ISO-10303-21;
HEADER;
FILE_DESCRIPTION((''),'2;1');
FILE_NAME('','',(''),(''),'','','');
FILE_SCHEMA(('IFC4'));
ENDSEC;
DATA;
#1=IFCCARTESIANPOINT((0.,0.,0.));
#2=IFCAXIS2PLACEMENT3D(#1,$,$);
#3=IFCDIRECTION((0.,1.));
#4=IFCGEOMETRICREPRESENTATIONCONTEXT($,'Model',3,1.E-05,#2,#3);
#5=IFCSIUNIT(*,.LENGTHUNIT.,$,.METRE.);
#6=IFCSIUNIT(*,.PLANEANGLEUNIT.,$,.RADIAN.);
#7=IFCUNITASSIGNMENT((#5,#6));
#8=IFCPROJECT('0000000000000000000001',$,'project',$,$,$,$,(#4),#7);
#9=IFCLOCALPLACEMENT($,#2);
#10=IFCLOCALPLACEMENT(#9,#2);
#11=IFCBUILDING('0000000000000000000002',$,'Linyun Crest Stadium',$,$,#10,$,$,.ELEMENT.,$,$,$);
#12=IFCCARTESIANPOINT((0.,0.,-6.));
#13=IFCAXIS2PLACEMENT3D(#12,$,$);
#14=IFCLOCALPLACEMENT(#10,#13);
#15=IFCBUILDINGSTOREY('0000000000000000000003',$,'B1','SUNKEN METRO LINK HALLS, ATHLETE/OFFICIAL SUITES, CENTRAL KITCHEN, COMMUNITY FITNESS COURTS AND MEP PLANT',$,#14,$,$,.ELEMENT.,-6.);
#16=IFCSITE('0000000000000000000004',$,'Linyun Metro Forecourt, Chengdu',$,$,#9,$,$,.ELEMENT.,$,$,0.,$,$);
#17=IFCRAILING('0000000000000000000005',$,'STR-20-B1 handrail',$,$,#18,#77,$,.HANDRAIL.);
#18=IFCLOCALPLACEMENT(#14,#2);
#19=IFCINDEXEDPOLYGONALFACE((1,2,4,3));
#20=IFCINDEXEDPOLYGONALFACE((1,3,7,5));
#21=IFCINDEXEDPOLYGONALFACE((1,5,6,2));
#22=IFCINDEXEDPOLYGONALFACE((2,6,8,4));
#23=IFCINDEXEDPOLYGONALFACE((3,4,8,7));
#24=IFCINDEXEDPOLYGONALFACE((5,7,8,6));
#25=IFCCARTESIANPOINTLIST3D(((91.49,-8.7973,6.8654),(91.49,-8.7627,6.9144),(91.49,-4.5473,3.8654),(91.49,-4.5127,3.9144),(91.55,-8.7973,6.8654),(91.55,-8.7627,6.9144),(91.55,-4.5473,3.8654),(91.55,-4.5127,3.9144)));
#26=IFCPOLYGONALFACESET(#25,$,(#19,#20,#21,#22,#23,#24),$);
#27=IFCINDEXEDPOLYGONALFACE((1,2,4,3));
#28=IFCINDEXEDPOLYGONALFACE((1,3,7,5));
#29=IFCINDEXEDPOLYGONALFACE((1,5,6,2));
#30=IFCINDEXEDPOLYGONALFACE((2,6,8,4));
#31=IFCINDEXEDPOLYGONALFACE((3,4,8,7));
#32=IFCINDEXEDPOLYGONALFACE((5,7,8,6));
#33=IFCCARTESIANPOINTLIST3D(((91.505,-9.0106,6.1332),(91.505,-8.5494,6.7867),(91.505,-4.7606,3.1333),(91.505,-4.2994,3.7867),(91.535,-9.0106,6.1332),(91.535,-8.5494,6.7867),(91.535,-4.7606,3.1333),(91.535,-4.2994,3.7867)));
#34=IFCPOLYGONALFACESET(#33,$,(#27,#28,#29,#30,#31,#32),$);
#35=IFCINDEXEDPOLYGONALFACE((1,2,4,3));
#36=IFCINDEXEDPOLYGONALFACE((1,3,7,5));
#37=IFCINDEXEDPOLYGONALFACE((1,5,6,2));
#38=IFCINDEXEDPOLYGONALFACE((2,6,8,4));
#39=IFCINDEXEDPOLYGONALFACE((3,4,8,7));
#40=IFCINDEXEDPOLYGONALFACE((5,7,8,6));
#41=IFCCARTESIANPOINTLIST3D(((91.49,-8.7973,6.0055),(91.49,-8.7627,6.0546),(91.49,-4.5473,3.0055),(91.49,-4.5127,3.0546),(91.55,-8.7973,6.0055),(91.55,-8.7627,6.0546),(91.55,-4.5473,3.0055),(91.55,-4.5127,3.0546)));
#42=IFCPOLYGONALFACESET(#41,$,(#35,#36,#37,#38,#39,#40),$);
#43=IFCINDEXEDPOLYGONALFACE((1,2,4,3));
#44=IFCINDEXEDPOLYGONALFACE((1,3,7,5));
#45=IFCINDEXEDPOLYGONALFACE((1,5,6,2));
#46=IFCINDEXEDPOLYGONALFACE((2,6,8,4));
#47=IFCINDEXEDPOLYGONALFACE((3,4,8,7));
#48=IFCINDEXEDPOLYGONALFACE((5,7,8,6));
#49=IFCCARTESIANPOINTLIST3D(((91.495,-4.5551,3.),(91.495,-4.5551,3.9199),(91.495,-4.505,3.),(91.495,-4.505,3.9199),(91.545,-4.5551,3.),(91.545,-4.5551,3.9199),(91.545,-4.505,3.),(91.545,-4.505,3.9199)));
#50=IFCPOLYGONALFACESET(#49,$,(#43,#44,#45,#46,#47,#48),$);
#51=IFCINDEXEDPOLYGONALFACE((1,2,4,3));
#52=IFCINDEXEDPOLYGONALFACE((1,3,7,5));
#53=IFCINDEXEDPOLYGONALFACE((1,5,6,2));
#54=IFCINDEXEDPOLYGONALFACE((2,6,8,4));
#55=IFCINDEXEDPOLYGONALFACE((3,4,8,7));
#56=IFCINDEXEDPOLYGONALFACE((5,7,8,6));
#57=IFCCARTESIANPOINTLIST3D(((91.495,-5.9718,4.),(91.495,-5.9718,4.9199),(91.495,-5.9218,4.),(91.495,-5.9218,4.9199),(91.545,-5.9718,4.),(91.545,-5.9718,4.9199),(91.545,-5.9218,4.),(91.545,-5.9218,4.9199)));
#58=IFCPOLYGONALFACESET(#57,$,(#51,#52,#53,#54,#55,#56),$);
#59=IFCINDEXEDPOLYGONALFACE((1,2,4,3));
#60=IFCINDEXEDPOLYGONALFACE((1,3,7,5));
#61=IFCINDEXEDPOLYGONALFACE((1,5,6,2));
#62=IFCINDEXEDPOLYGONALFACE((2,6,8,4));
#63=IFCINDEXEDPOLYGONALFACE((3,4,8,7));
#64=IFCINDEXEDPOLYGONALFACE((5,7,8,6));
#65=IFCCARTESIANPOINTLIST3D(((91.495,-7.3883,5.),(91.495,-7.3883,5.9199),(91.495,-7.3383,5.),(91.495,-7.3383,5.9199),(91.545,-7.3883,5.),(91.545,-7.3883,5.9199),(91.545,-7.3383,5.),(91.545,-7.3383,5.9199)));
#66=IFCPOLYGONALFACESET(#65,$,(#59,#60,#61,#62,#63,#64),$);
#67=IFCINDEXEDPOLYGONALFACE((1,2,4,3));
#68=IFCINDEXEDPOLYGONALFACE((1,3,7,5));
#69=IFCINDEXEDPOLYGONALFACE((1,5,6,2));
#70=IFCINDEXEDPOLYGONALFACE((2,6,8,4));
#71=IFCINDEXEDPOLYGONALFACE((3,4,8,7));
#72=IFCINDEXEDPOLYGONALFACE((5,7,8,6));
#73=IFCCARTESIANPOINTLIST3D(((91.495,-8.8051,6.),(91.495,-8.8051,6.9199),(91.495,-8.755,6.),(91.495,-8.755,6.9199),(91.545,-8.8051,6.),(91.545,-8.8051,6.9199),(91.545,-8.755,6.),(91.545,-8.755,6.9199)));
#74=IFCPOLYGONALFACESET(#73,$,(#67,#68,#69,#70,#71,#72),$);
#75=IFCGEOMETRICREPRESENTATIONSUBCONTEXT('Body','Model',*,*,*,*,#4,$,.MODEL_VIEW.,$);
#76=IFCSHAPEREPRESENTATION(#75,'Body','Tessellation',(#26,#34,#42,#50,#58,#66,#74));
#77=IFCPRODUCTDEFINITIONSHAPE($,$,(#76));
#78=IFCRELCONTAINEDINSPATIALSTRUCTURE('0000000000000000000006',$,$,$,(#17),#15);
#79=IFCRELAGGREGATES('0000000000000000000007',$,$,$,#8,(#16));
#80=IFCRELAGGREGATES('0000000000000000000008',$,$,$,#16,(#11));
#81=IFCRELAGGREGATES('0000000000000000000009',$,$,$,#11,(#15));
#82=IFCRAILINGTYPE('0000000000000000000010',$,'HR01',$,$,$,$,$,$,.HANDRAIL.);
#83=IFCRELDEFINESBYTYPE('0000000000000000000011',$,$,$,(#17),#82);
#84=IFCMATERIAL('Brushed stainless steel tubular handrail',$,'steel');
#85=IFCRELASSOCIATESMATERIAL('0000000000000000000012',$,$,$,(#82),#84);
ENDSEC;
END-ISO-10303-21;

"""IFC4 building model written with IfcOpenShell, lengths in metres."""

from ifc_helpers import new_model, si_unit, direction, frame, origin, origin_2d, place, context, subcontext, project, spatial, rectangle, extrude, material, type_object, element, save


model = new_model("IFC4")

# Units and contexts
model_context = context("Model", 3, precision=1e-05, world=origin(), true_north=direction((0.0, 1.0)))
body_context = subcontext(model_context, "Body", "Model", "MODEL_VIEW")
ifc_project = project(units=[si_unit("LENGTHUNIT", "METRE"), si_unit("PLANEANGLEUNIT", "RADIAN")], contexts=[model_context])

# Site, building, storey
site_placement = place(None, origin())
site = spatial("IfcSite", under=ifc_project, at=site_placement, Name="Linyun Metro Forecourt, Chengdu", CompositionType="ELEMENT", RefElevation=0.0)
building_placement = place(site_placement, origin())
building = spatial("IfcBuilding", under=site, at=building_placement, Name="Linyun Crest Stadium", CompositionType="ELEMENT")
storey_placement = place(building_placement, frame((0.0, 0.0, -6.0)))
storey = spatial("IfcBuildingStorey", under=building, at=storey_placement, Name="B1", Description="SUNKEN METRO LINK HALLS, ATHLETE/OFFICIAL SUITES, CENTRAL KITCHEN, COMMUNITY FITNESS COURTS AND MEP PLANT", CompositionType="ELEMENT", Elevation=-6.0)

# Railing
ifc_material_1 = material(Name="Brushed stainless steel tubular handrail", Category="steel")
railing_type_1 = type_object("IfcRailingType", Name="HR01", PredefinedType="HANDRAIL", material=ifc_material_1)
railing_1_placement = place(storey_placement, frame((91.52, -4.53, 3.0)))
element("IfcRailing", 1, at=railing_1_placement, inside=storey, type_object=railing_type_1, Name="STR-20-B1 handrail", PredefinedType="HANDRAIL", context=body_context, shape_type="SweptSolid", body=[
    extrude(rectangle(XDim=0.0601, YDim=0.0601, at=origin_2d()), frame((0.0, 0.0, 0.8899), z_axis=(0.0, -0.816968, 0.576683), x_axis=(1.0, 0.0, 0.0)), (0.0, 0.0, 1.0), 5.2021),
    extrude(rectangle(XDim=0.03, YDim=0.7998, at=origin_2d()), frame((0.0, 0.0, 0.46), z_axis=(0.0, -0.816968, 0.576683), x_axis=(1.0, 0.0, 0.0)), (0.0, 0.0, 1.0), 5.2021),
    extrude(rectangle(XDim=0.0601, YDim=0.0601, at=origin_2d()), frame((0.0, 0.0, 0.03), z_axis=(0.0, -0.816968, 0.576683), x_axis=(1.0, 0.0, 0.0)), (0.0, 0.0, 1.0), 5.2021),
    extrude(rectangle(XDim=0.05, YDim=0.05, at=origin_2d()), origin(), (0.0, 0.0, 1.0), 0.9199),
    extrude(rectangle(XDim=0.05, YDim=0.05, at=origin_2d()), frame((0.0, -1.4167, 1.0)), (0.0, 0.0, 1.0), 0.9199),
    extrude(rectangle(XDim=0.05, YDim=0.05, at=origin_2d()), frame((0.0, -2.8333, 2.0)), (0.0, 0.0, 1.0), 0.9199),
    extrude(rectangle(XDim=0.05, YDim=0.05, at=origin_2d()), frame((0.0, -4.25, 3.0)), (0.0, 0.0, 1.0), 0.9199),
])

save(model, "model.ifc")
